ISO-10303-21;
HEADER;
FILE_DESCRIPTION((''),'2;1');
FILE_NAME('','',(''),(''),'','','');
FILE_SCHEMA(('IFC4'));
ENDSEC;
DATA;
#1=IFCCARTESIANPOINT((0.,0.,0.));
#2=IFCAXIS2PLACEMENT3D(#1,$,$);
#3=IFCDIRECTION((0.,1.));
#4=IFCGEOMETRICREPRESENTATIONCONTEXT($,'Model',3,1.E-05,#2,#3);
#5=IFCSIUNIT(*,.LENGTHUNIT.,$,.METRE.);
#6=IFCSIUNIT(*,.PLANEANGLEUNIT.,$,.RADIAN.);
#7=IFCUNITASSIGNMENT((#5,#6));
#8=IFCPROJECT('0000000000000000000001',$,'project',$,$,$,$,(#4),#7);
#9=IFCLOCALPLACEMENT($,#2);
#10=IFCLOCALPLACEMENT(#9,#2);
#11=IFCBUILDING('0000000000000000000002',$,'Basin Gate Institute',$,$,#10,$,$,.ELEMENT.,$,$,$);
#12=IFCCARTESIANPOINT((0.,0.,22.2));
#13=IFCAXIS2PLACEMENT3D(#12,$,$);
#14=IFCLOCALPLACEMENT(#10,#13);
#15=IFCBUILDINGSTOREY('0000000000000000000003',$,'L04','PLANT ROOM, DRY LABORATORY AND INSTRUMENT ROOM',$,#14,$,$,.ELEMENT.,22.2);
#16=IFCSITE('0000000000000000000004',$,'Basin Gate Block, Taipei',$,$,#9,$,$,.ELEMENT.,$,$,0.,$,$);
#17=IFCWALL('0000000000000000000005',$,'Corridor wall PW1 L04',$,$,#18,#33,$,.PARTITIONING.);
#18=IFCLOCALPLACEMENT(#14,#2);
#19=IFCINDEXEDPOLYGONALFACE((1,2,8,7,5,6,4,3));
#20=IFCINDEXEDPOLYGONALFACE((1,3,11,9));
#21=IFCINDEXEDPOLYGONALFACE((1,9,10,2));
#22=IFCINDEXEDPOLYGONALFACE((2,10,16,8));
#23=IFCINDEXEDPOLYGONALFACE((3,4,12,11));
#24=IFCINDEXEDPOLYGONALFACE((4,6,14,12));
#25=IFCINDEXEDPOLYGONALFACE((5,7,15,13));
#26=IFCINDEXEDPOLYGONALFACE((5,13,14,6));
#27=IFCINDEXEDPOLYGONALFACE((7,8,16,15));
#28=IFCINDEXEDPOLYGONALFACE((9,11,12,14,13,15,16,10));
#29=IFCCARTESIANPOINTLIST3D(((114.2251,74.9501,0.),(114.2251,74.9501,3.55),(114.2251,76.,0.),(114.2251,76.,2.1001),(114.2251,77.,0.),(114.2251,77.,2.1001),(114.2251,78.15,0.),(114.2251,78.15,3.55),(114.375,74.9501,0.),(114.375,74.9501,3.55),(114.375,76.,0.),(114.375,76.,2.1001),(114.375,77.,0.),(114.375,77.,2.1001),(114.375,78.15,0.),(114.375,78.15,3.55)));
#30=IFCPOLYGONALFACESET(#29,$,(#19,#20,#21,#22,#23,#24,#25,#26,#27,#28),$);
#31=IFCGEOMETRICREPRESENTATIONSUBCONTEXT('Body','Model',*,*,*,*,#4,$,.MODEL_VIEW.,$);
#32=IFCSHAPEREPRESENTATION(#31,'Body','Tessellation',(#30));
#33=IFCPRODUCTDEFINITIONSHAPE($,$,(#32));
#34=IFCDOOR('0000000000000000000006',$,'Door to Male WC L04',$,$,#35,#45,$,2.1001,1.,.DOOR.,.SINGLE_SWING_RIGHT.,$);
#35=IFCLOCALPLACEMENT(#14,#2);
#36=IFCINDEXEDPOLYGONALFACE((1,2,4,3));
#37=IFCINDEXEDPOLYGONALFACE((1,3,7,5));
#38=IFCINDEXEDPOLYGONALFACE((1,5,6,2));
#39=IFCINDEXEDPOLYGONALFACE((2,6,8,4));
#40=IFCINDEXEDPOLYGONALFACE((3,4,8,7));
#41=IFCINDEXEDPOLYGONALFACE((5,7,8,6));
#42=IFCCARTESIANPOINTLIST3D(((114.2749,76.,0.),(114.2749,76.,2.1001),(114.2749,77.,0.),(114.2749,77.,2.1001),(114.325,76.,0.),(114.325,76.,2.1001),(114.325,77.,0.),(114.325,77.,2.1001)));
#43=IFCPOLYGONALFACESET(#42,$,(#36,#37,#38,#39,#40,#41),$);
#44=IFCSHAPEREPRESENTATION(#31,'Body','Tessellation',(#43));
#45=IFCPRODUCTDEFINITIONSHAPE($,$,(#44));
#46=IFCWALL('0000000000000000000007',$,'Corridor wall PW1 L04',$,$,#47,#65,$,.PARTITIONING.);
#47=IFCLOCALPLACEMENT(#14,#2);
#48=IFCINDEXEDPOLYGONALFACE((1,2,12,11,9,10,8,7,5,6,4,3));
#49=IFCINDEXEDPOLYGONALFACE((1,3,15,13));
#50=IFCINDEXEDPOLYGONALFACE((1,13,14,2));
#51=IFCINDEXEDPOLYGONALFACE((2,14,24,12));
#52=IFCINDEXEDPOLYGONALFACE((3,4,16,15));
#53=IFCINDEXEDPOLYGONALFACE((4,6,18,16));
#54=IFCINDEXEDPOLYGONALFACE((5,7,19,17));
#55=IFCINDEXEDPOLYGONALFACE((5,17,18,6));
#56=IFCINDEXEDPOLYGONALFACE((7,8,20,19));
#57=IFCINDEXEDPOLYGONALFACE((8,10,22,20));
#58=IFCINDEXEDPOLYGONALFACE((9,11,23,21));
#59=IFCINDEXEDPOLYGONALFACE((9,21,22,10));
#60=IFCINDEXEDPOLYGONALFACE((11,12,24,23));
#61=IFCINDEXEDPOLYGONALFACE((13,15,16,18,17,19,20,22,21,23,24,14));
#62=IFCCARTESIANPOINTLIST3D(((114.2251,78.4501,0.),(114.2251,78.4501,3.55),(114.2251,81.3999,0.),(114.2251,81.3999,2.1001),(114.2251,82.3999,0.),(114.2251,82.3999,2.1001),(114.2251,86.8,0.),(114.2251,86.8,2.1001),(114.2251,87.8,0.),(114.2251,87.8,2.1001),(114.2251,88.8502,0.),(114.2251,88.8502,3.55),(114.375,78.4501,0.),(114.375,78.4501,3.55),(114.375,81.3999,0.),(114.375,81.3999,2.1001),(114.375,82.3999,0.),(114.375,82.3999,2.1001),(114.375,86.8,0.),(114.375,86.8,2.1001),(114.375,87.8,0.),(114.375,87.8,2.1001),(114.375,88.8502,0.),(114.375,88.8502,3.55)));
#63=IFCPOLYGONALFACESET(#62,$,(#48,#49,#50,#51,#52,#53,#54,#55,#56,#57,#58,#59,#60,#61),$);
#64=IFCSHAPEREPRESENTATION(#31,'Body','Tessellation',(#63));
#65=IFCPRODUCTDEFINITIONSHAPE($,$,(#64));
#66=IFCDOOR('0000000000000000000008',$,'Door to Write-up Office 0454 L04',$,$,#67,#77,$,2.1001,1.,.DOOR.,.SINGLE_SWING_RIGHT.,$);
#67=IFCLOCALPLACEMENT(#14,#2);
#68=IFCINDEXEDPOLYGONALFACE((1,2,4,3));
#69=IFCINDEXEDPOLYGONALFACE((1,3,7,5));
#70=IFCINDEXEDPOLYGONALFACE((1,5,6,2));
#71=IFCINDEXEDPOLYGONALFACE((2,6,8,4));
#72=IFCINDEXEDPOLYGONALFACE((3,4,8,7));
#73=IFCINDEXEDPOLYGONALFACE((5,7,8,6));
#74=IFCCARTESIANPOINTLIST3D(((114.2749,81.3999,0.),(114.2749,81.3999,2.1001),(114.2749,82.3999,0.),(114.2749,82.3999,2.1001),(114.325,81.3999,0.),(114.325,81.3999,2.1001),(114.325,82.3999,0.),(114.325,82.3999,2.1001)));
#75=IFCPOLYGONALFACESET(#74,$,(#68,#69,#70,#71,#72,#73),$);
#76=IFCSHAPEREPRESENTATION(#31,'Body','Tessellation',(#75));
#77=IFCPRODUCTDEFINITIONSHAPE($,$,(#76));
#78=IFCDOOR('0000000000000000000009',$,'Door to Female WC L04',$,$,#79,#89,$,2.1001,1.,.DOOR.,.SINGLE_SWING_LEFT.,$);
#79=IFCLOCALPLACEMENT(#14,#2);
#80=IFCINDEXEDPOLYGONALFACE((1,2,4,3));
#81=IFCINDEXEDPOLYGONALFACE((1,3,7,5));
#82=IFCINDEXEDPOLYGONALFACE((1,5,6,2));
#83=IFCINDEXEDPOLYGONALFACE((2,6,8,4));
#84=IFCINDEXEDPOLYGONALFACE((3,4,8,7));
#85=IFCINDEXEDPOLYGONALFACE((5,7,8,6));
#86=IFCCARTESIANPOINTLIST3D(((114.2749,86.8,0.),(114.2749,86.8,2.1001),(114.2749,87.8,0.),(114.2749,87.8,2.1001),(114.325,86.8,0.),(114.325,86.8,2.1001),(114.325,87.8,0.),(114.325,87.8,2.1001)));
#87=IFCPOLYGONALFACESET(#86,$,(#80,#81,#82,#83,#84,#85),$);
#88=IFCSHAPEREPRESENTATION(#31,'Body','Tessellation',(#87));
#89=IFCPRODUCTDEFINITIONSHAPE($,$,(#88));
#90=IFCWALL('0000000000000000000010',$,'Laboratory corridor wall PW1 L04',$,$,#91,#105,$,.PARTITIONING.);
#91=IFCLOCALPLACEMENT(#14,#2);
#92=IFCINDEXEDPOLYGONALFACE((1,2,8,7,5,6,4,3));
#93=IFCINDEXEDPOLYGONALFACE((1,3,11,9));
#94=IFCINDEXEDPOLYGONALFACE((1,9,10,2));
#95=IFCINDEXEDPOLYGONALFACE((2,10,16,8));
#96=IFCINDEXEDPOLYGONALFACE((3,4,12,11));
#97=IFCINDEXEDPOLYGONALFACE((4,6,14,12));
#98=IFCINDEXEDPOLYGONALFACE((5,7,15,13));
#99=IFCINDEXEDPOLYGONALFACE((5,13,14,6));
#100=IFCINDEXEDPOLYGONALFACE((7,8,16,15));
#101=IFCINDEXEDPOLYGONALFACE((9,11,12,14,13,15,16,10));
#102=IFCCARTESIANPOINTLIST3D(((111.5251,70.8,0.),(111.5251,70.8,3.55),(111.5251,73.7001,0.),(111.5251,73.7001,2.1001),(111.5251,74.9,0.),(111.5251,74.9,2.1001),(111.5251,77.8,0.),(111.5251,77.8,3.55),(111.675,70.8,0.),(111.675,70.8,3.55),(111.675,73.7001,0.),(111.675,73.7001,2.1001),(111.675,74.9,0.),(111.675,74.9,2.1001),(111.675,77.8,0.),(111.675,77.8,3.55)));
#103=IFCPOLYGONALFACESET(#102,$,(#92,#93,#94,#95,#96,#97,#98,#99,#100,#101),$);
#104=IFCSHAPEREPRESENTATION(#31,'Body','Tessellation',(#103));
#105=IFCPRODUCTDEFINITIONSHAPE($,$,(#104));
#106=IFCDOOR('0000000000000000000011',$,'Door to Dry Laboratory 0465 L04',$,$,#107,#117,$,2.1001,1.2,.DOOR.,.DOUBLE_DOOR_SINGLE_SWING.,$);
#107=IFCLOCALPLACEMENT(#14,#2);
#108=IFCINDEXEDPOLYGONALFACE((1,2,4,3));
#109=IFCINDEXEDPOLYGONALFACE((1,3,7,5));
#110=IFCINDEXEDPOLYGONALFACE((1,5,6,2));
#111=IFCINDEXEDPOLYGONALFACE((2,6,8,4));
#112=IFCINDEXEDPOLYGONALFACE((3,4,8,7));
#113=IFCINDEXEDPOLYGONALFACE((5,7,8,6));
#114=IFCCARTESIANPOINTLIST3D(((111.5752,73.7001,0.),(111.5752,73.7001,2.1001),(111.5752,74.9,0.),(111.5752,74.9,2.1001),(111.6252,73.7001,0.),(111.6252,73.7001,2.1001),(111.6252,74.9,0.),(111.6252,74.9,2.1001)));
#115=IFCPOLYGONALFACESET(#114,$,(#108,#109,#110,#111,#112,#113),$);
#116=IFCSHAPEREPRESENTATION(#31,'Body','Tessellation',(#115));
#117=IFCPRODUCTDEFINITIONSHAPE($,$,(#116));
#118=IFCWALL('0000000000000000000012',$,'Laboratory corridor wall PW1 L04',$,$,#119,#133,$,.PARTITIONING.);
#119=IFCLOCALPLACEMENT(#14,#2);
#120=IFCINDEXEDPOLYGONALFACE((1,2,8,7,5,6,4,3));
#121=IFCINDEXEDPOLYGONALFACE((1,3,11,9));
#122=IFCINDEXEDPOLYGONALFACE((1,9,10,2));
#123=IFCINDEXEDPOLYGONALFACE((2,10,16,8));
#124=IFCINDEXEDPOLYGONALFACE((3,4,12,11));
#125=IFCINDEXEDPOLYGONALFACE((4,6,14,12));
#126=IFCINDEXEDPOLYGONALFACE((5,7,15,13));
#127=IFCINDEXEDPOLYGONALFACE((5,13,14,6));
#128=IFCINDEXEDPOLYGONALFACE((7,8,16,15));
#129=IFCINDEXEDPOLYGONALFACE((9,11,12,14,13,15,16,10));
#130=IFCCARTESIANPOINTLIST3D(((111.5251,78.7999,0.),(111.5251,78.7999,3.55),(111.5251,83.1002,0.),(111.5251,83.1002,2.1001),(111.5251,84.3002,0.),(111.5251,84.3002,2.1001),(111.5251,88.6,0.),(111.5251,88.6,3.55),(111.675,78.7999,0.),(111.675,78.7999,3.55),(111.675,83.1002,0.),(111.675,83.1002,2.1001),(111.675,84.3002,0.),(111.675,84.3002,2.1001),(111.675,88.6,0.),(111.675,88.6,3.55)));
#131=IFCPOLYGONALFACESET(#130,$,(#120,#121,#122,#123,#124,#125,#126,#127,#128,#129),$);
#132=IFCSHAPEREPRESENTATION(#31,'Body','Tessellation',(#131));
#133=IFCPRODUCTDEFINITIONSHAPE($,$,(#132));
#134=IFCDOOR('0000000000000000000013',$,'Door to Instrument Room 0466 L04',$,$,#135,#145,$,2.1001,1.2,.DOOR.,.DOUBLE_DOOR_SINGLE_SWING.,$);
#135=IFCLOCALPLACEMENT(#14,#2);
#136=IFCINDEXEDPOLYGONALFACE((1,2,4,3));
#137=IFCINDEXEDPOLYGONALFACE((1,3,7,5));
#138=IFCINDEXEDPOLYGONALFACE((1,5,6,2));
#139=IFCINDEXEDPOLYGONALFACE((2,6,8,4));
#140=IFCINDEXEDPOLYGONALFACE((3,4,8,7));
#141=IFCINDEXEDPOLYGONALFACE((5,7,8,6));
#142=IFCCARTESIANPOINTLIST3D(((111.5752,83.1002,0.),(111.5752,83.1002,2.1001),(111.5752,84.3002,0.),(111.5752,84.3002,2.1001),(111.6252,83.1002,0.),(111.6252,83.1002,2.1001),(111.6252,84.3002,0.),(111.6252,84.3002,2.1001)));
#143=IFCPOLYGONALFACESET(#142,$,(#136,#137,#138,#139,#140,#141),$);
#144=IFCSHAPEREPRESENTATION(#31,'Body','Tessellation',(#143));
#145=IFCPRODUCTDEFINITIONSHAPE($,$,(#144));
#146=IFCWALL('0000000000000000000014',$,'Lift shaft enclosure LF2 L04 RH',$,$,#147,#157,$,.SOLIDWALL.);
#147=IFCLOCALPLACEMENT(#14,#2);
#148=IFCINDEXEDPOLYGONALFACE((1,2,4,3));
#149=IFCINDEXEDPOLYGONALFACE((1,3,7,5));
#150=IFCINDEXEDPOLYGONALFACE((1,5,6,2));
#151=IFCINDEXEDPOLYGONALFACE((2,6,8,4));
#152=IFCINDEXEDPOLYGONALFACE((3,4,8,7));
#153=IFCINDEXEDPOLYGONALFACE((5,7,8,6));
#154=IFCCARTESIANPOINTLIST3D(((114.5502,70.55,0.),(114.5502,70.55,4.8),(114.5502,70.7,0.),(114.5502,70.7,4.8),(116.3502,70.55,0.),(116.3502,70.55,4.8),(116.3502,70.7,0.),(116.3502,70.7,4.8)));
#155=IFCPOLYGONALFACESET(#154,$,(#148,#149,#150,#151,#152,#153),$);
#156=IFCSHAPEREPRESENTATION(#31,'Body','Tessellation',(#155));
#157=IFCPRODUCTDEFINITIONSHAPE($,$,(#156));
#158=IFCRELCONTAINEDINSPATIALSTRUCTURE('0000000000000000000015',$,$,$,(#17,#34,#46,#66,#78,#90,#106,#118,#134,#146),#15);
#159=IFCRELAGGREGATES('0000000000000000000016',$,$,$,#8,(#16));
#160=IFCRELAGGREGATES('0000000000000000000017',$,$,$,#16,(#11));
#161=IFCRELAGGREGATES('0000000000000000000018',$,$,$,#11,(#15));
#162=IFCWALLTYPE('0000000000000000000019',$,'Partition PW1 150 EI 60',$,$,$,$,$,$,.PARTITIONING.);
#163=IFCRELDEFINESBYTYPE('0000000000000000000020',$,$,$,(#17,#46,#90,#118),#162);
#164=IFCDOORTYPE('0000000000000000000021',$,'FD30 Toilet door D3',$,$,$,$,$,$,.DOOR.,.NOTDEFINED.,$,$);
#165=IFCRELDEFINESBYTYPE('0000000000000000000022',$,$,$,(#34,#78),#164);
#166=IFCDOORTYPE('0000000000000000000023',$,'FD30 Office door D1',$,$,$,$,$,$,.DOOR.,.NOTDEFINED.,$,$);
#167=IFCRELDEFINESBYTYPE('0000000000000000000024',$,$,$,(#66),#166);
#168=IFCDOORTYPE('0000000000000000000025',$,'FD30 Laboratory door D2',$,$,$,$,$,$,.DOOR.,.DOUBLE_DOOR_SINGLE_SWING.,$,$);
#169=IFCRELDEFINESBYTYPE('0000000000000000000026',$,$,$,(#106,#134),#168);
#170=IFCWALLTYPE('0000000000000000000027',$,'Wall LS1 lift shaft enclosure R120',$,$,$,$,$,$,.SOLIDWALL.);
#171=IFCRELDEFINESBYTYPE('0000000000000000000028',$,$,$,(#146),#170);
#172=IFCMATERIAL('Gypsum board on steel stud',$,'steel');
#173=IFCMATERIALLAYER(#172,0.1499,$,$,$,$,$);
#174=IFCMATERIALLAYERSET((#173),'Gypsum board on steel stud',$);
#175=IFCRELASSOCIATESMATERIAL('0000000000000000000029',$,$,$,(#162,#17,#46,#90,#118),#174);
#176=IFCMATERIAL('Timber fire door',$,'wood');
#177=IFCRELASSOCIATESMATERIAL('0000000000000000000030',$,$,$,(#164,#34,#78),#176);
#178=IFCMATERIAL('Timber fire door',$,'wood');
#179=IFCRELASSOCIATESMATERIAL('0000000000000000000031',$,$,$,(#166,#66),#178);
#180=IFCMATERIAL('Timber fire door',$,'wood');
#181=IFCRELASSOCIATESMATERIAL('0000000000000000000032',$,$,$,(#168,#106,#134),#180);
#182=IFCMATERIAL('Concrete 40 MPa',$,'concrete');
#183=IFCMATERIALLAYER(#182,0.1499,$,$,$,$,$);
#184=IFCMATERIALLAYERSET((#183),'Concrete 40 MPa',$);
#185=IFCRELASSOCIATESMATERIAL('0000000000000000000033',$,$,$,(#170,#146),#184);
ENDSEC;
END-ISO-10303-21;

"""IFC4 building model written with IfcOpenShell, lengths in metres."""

from ifc_helpers import new_model, si_unit, direction, frame, frame_2d, origin, place, context, subcontext, project, spatial, rectangle, extrude, material, layer, layer_set, type_object, element, fill, save


model = new_model("IFC4")

# Units and contexts
model_context = context("Model", 3, precision=1e-05, world=origin(), true_north=direction((0.0, 1.0)))
body_context = subcontext(model_context, "Body", "Model", "MODEL_VIEW")
ifc_project = project(units=[si_unit("LENGTHUNIT", "METRE"), si_unit("PLANEANGLEUNIT", "RADIAN")], contexts=[model_context])

# Site, building, storey
site_placement = place(None, origin())
site = spatial("IfcSite", under=ifc_project, at=site_placement, Name="Basin Gate Block, Taipei", CompositionType="ELEMENT", RefElevation=0.0)
building_placement = place(site_placement, origin())
building = spatial("IfcBuilding", under=site, at=building_placement, Name="Basin Gate Institute", CompositionType="ELEMENT")
storey_placement = place(building_placement, frame((0.0, 0.0, 22.2)))
storey = spatial("IfcBuildingStorey", under=building, at=storey_placement, Name="L04", Description="PLANT ROOM, DRY LABORATORY AND INSTRUMENT ROOM", CompositionType="ELEMENT", Elevation=22.2)

# Wall, opening, door
ifc_material_1 = material(Name="Gypsum board on steel stud", Category="steel")
ifc_layer_1 = layer(ifc_material_1, 0.1499)
ifc_layer_set_1 = layer_set([ifc_layer_1], Name="Gypsum board on steel stud")
wall_type_1 = type_object("IfcWallType", Name="Partition PW1 150 EI 60", PredefinedType="PARTITIONING", material=ifc_layer_set_1)
wall_1_placement = place(storey_placement, frame((114.3, 74.95, 0.0), z_axis=(0.0, 0.0, 1.0), x_axis=(0.0, 1.0, 0.0)))
wall_1 = element("IfcWall", 1, at=wall_1_placement, inside=storey, type_object=wall_type_1, material=ifc_layer_set_1, Name="Corridor wall PW1 L04", PredefinedType="PARTITIONING", context=body_context, shape_type="SweptSolid", body=[
    extrude(rectangle(XDim=3.2, YDim=0.1499, at=frame_2d((1.6001, 0.0))), origin(), (0.0, 0.0, 1.0), 3.55),
])
opening_1_placement = place(wall_1_placement, frame((1.05, 0.0, 0.0)))
opening_1 = element("IfcOpeningElement", 2, at=opening_1_placement, cuts=wall_1, PredefinedType="OPENING", context=body_context, shape_type="SweptSolid", body=[
    extrude(rectangle(XDim=1.0, YDim=2.1001, at=frame_2d((0.5, 1.05))), frame((0.0, 0.085, 0.0), z_axis=(0.0, -1.0, 0.0), x_axis=(1.0, 0.0, 0.0)), (0.0, 0.0, 1.0), 0.1699),
])
ifc_material_2 = material(Name="Timber fire door", Category="wood")
door_type_1 = type_object("IfcDoorType", Name="FD30 Toilet door D3", OperationType="NOTDEFINED", PredefinedType="DOOR", material=ifc_material_2)
door_1_placement = place(opening_1_placement, frame((1.0, 0.0, 0.0), z_axis=(0.0, 0.0, 1.0), x_axis=(-1.0, 0.0, 0.0)))
door_1 = element("IfcDoor", 3, at=door_1_placement, inside=storey, type_object=door_type_1, material=ifc_material_2, Name="Door to Male WC L04", OperationType="SINGLE_SWING_RIGHT", OverallHeight=2.1001, OverallWidth=1.0, PredefinedType="DOOR", context=body_context, shape_type="SweptSolid", body=[
    extrude(rectangle(XDim=1.0, YDim=2.1001, at=frame_2d((0.5, 1.05))), frame((0.0, 0.0249, 0.0), z_axis=(0.0, -1.0, 0.0), x_axis=(1.0, 0.0, 0.0)), (0.0, 0.0, 1.0), 0.05),
])
fill(opening_1, door_1)

# Wall, openings, doors
wall_2_placement = place(storey_placement, frame((114.3, 78.45, 0.0), z_axis=(0.0, 0.0, 1.0), x_axis=(0.0, 1.0, 0.0)))
wall_2 = element("IfcWall", 4, at=wall_2_placement, inside=storey, type_object=wall_type_1, material=ifc_layer_set_1, Name="Corridor wall PW1 L04", PredefinedType="PARTITIONING", context=body_context, shape_type="SweptSolid", body=[
    extrude(rectangle(XDim=10.4001, YDim=0.1499, at=frame_2d((5.2002, 0.0))), origin(), (0.0, 0.0, 1.0), 3.55),
])
opening_2_placement = place(wall_2_placement, frame((8.3501, 0.0, 0.0)))
opening_2 = element("IfcOpeningElement", 5, at=opening_2_placement, cuts=wall_2, PredefinedType="OPENING", context=body_context, shape_type="SweptSolid", body=[
    extrude(rectangle(XDim=1.0, YDim=2.1001, at=frame_2d((0.5, 1.05))), frame((0.0, 0.085, 0.0), z_axis=(0.0, -1.0, 0.0), x_axis=(1.0, 0.0, 0.0)), (0.0, 0.0, 1.0), 0.1699),
])
opening_3_placement = place(wall_2_placement, frame((2.95, 0.0, 0.0)))
opening_3 = element("IfcOpeningElement", 6, at=opening_3_placement, cuts=wall_2, PredefinedType="OPENING", context=body_context, shape_type="SweptSolid", body=[
    extrude(rectangle(XDim=1.0, YDim=2.1001, at=frame_2d((0.5, 1.05))), frame((0.0, 0.085, 0.0), z_axis=(0.0, -1.0, 0.0), x_axis=(1.0, 0.0, 0.0)), (0.0, 0.0, 1.0), 0.1699),
])
ifc_material_3 = material(Name="Timber fire door", Category="wood")
door_type_2 = type_object("IfcDoorType", Name="FD30 Office door D1", OperationType="NOTDEFINED", PredefinedType="DOOR", material=ifc_material_3)
door_2_placement = place(opening_3_placement, frame((1.0, 0.0, 0.0), z_axis=(0.0, 0.0, 1.0), x_axis=(-1.0, 0.0, 0.0)))
door_2 = element("IfcDoor", 7, at=door_2_placement, inside=storey, type_object=door_type_2, material=ifc_material_3, Name="Door to Write-up Office 0454 L04", OperationType="SINGLE_SWING_RIGHT", OverallHeight=2.1001, OverallWidth=1.0, PredefinedType="DOOR", context=body_context, shape_type="SweptSolid", body=[
    extrude(rectangle(XDim=1.0, YDim=2.1001, at=frame_2d((0.5, 1.05))), frame((0.0, 0.0249, 0.0), z_axis=(0.0, -1.0, 0.0), x_axis=(1.0, 0.0, 0.0)), (0.0, 0.0, 1.0), 0.05),
])
fill(opening_3, door_2)
door_3_placement = place(opening_2_placement, frame((1.0, 0.0, 0.0), z_axis=(0.0, 0.0, 1.0), x_axis=(-1.0, 0.0, 0.0)))
door_3 = element("IfcDoor", 8, at=door_3_placement, inside=storey, type_object=door_type_1, material=ifc_material_2, Name="Door to Female WC L04", OperationType="SINGLE_SWING_LEFT", OverallHeight=2.1001, OverallWidth=1.0, PredefinedType="DOOR", context=body_context, shape_type="SweptSolid", body=[
    extrude(rectangle(XDim=1.0, YDim=2.1001, at=frame_2d((0.5, 1.05))), frame((0.0, 0.0249, 0.0), z_axis=(0.0, -1.0, 0.0), x_axis=(1.0, 0.0, 0.0)), (0.0, 0.0, 1.0), 0.05),
])
fill(opening_2, door_3)

# Walls, openings, doors
wall_3_placement = place(storey_placement, frame((111.6001, 70.8, 0.0), z_axis=(0.0, 0.0, 1.0), x_axis=(0.0, 1.0, 0.0)))
wall_3 = element("IfcWall", 9, at=wall_3_placement, inside=storey, type_object=wall_type_1, material=ifc_layer_set_1, Name="Laboratory corridor wall PW1 L04", PredefinedType="PARTITIONING", context=body_context, shape_type="SweptSolid", body=[
    extrude(rectangle(XDim=7.0, YDim=0.1499, at=frame_2d((3.5, 0.0))), origin(), (0.0, 0.0, 1.0), 3.55),
])
opening_4_placement = place(wall_3_placement, frame((2.8999, 0.0, 0.0)))
opening_4 = element("IfcOpeningElement", 10, at=opening_4_placement, cuts=wall_3, PredefinedType="OPENING", context=body_context, shape_type="SweptSolid", body=[
    extrude(rectangle(XDim=1.2, YDim=2.1001, at=frame_2d((0.6001, 1.05))), frame((0.0, 0.085, 0.0), z_axis=(0.0, -1.0, 0.0), x_axis=(1.0, 0.0, 0.0)), (0.0, 0.0, 1.0), 0.1699),
])
ifc_material_4 = material(Name="Timber fire door", Category="wood")
door_type_3 = type_object("IfcDoorType", Name="FD30 Laboratory door D2", OperationType="DOUBLE_DOOR_SINGLE_SWING", PredefinedType="DOOR", material=ifc_material_4)
door_4_placement = place(opening_4_placement, origin())
door_4 = element("IfcDoor", 11, at=door_4_placement, inside=storey, type_object=door_type_3, material=ifc_material_4, Name="Door to Dry Laboratory 0465 L04", OperationType="DOUBLE_DOOR_SINGLE_SWING", OverallHeight=2.1001, OverallWidth=1.2, PredefinedType="DOOR", context=body_context, shape_type="SweptSolid", body=[
    extrude(rectangle(XDim=1.2, YDim=2.1001, at=frame_2d((0.6001, 1.05))), frame((0.0, 0.0249, 0.0), z_axis=(0.0, -1.0, 0.0), x_axis=(1.0, 0.0, 0.0)), (0.0, 0.0, 1.0), 0.05),
])
fill(opening_4, door_4)
wall_4_placement = place(storey_placement, frame((111.6001, 78.8, 0.0), z_axis=(0.0, 0.0, 1.0), x_axis=(0.0, 1.0, 0.0)))
wall_4 = element("IfcWall", 12, at=wall_4_placement, inside=storey, type_object=wall_type_1, material=ifc_layer_set_1, Name="Laboratory corridor wall PW1 L04", PredefinedType="PARTITIONING", context=body_context, shape_type="SweptSolid", body=[
    extrude(rectangle(XDim=9.8, YDim=0.1499, at=frame_2d((4.8999, 0.0))), origin(), (0.0, 0.0, 1.0), 3.55),
])
opening_5_placement = place(wall_4_placement, frame((4.3, 0.0, 0.0)))
opening_5 = element("IfcOpeningElement", 13, at=opening_5_placement, cuts=wall_4, PredefinedType="OPENING", context=body_context, shape_type="SweptSolid", body=[
    extrude(rectangle(XDim=1.2, YDim=2.1001, at=frame_2d((0.6001, 1.05))), frame((0.0, 0.085, 0.0), z_axis=(0.0, -1.0, 0.0), x_axis=(1.0, 0.0, 0.0)), (0.0, 0.0, 1.0), 0.1699),
])
door_5_placement = place(opening_5_placement, origin())
door_5 = element("IfcDoor", 14, at=door_5_placement, inside=storey, type_object=door_type_3, material=ifc_material_4, Name="Door to Instrument Room 0466 L04", OperationType="DOUBLE_DOOR_SINGLE_SWING", OverallHeight=2.1001, OverallWidth=1.2, PredefinedType="DOOR", context=body_context, shape_type="SweptSolid", body=[
    extrude(rectangle(XDim=1.2, YDim=2.1001, at=frame_2d((0.6001, 1.05))), frame((0.0, 0.0249, 0.0), z_axis=(0.0, -1.0, 0.0), x_axis=(1.0, 0.0, 0.0)), (0.0, 0.0, 1.0), 0.05),
])
fill(opening_5, door_5)

# Wall
ifc_material_5 = material(Name="Concrete 40 MPa", Category="concrete")
ifc_layer_2 = layer(ifc_material_5, 0.1499)
ifc_layer_set_2 = layer_set([ifc_layer_2], Name="Concrete 40 MPa")
wall_type_2 = type_object("IfcWallType", Name="Wall LS1 lift shaft enclosure R120", PredefinedType="SOLIDWALL", material=ifc_layer_set_2)
wall_5_placement = place(storey_placement, frame((116.3501, 70.625, 0.0), z_axis=(0.0, 0.0, 1.0), x_axis=(-1.0, 0.0, 0.0)))
element("IfcWall", 15, at=wall_5_placement, inside=storey, type_object=wall_type_2, material=ifc_layer_set_2, Name="Lift shaft enclosure LF2 L04 RH", PredefinedType="SOLIDWALL", context=body_context, shape_type="SweptSolid", body=[
    extrude(rectangle(XDim=1.8, YDim=0.1499, at=frame_2d((0.8999, 0.0))), origin(), (0.0, 0.0, 1.0), 4.8),
])

save(model, "model.ifc")
